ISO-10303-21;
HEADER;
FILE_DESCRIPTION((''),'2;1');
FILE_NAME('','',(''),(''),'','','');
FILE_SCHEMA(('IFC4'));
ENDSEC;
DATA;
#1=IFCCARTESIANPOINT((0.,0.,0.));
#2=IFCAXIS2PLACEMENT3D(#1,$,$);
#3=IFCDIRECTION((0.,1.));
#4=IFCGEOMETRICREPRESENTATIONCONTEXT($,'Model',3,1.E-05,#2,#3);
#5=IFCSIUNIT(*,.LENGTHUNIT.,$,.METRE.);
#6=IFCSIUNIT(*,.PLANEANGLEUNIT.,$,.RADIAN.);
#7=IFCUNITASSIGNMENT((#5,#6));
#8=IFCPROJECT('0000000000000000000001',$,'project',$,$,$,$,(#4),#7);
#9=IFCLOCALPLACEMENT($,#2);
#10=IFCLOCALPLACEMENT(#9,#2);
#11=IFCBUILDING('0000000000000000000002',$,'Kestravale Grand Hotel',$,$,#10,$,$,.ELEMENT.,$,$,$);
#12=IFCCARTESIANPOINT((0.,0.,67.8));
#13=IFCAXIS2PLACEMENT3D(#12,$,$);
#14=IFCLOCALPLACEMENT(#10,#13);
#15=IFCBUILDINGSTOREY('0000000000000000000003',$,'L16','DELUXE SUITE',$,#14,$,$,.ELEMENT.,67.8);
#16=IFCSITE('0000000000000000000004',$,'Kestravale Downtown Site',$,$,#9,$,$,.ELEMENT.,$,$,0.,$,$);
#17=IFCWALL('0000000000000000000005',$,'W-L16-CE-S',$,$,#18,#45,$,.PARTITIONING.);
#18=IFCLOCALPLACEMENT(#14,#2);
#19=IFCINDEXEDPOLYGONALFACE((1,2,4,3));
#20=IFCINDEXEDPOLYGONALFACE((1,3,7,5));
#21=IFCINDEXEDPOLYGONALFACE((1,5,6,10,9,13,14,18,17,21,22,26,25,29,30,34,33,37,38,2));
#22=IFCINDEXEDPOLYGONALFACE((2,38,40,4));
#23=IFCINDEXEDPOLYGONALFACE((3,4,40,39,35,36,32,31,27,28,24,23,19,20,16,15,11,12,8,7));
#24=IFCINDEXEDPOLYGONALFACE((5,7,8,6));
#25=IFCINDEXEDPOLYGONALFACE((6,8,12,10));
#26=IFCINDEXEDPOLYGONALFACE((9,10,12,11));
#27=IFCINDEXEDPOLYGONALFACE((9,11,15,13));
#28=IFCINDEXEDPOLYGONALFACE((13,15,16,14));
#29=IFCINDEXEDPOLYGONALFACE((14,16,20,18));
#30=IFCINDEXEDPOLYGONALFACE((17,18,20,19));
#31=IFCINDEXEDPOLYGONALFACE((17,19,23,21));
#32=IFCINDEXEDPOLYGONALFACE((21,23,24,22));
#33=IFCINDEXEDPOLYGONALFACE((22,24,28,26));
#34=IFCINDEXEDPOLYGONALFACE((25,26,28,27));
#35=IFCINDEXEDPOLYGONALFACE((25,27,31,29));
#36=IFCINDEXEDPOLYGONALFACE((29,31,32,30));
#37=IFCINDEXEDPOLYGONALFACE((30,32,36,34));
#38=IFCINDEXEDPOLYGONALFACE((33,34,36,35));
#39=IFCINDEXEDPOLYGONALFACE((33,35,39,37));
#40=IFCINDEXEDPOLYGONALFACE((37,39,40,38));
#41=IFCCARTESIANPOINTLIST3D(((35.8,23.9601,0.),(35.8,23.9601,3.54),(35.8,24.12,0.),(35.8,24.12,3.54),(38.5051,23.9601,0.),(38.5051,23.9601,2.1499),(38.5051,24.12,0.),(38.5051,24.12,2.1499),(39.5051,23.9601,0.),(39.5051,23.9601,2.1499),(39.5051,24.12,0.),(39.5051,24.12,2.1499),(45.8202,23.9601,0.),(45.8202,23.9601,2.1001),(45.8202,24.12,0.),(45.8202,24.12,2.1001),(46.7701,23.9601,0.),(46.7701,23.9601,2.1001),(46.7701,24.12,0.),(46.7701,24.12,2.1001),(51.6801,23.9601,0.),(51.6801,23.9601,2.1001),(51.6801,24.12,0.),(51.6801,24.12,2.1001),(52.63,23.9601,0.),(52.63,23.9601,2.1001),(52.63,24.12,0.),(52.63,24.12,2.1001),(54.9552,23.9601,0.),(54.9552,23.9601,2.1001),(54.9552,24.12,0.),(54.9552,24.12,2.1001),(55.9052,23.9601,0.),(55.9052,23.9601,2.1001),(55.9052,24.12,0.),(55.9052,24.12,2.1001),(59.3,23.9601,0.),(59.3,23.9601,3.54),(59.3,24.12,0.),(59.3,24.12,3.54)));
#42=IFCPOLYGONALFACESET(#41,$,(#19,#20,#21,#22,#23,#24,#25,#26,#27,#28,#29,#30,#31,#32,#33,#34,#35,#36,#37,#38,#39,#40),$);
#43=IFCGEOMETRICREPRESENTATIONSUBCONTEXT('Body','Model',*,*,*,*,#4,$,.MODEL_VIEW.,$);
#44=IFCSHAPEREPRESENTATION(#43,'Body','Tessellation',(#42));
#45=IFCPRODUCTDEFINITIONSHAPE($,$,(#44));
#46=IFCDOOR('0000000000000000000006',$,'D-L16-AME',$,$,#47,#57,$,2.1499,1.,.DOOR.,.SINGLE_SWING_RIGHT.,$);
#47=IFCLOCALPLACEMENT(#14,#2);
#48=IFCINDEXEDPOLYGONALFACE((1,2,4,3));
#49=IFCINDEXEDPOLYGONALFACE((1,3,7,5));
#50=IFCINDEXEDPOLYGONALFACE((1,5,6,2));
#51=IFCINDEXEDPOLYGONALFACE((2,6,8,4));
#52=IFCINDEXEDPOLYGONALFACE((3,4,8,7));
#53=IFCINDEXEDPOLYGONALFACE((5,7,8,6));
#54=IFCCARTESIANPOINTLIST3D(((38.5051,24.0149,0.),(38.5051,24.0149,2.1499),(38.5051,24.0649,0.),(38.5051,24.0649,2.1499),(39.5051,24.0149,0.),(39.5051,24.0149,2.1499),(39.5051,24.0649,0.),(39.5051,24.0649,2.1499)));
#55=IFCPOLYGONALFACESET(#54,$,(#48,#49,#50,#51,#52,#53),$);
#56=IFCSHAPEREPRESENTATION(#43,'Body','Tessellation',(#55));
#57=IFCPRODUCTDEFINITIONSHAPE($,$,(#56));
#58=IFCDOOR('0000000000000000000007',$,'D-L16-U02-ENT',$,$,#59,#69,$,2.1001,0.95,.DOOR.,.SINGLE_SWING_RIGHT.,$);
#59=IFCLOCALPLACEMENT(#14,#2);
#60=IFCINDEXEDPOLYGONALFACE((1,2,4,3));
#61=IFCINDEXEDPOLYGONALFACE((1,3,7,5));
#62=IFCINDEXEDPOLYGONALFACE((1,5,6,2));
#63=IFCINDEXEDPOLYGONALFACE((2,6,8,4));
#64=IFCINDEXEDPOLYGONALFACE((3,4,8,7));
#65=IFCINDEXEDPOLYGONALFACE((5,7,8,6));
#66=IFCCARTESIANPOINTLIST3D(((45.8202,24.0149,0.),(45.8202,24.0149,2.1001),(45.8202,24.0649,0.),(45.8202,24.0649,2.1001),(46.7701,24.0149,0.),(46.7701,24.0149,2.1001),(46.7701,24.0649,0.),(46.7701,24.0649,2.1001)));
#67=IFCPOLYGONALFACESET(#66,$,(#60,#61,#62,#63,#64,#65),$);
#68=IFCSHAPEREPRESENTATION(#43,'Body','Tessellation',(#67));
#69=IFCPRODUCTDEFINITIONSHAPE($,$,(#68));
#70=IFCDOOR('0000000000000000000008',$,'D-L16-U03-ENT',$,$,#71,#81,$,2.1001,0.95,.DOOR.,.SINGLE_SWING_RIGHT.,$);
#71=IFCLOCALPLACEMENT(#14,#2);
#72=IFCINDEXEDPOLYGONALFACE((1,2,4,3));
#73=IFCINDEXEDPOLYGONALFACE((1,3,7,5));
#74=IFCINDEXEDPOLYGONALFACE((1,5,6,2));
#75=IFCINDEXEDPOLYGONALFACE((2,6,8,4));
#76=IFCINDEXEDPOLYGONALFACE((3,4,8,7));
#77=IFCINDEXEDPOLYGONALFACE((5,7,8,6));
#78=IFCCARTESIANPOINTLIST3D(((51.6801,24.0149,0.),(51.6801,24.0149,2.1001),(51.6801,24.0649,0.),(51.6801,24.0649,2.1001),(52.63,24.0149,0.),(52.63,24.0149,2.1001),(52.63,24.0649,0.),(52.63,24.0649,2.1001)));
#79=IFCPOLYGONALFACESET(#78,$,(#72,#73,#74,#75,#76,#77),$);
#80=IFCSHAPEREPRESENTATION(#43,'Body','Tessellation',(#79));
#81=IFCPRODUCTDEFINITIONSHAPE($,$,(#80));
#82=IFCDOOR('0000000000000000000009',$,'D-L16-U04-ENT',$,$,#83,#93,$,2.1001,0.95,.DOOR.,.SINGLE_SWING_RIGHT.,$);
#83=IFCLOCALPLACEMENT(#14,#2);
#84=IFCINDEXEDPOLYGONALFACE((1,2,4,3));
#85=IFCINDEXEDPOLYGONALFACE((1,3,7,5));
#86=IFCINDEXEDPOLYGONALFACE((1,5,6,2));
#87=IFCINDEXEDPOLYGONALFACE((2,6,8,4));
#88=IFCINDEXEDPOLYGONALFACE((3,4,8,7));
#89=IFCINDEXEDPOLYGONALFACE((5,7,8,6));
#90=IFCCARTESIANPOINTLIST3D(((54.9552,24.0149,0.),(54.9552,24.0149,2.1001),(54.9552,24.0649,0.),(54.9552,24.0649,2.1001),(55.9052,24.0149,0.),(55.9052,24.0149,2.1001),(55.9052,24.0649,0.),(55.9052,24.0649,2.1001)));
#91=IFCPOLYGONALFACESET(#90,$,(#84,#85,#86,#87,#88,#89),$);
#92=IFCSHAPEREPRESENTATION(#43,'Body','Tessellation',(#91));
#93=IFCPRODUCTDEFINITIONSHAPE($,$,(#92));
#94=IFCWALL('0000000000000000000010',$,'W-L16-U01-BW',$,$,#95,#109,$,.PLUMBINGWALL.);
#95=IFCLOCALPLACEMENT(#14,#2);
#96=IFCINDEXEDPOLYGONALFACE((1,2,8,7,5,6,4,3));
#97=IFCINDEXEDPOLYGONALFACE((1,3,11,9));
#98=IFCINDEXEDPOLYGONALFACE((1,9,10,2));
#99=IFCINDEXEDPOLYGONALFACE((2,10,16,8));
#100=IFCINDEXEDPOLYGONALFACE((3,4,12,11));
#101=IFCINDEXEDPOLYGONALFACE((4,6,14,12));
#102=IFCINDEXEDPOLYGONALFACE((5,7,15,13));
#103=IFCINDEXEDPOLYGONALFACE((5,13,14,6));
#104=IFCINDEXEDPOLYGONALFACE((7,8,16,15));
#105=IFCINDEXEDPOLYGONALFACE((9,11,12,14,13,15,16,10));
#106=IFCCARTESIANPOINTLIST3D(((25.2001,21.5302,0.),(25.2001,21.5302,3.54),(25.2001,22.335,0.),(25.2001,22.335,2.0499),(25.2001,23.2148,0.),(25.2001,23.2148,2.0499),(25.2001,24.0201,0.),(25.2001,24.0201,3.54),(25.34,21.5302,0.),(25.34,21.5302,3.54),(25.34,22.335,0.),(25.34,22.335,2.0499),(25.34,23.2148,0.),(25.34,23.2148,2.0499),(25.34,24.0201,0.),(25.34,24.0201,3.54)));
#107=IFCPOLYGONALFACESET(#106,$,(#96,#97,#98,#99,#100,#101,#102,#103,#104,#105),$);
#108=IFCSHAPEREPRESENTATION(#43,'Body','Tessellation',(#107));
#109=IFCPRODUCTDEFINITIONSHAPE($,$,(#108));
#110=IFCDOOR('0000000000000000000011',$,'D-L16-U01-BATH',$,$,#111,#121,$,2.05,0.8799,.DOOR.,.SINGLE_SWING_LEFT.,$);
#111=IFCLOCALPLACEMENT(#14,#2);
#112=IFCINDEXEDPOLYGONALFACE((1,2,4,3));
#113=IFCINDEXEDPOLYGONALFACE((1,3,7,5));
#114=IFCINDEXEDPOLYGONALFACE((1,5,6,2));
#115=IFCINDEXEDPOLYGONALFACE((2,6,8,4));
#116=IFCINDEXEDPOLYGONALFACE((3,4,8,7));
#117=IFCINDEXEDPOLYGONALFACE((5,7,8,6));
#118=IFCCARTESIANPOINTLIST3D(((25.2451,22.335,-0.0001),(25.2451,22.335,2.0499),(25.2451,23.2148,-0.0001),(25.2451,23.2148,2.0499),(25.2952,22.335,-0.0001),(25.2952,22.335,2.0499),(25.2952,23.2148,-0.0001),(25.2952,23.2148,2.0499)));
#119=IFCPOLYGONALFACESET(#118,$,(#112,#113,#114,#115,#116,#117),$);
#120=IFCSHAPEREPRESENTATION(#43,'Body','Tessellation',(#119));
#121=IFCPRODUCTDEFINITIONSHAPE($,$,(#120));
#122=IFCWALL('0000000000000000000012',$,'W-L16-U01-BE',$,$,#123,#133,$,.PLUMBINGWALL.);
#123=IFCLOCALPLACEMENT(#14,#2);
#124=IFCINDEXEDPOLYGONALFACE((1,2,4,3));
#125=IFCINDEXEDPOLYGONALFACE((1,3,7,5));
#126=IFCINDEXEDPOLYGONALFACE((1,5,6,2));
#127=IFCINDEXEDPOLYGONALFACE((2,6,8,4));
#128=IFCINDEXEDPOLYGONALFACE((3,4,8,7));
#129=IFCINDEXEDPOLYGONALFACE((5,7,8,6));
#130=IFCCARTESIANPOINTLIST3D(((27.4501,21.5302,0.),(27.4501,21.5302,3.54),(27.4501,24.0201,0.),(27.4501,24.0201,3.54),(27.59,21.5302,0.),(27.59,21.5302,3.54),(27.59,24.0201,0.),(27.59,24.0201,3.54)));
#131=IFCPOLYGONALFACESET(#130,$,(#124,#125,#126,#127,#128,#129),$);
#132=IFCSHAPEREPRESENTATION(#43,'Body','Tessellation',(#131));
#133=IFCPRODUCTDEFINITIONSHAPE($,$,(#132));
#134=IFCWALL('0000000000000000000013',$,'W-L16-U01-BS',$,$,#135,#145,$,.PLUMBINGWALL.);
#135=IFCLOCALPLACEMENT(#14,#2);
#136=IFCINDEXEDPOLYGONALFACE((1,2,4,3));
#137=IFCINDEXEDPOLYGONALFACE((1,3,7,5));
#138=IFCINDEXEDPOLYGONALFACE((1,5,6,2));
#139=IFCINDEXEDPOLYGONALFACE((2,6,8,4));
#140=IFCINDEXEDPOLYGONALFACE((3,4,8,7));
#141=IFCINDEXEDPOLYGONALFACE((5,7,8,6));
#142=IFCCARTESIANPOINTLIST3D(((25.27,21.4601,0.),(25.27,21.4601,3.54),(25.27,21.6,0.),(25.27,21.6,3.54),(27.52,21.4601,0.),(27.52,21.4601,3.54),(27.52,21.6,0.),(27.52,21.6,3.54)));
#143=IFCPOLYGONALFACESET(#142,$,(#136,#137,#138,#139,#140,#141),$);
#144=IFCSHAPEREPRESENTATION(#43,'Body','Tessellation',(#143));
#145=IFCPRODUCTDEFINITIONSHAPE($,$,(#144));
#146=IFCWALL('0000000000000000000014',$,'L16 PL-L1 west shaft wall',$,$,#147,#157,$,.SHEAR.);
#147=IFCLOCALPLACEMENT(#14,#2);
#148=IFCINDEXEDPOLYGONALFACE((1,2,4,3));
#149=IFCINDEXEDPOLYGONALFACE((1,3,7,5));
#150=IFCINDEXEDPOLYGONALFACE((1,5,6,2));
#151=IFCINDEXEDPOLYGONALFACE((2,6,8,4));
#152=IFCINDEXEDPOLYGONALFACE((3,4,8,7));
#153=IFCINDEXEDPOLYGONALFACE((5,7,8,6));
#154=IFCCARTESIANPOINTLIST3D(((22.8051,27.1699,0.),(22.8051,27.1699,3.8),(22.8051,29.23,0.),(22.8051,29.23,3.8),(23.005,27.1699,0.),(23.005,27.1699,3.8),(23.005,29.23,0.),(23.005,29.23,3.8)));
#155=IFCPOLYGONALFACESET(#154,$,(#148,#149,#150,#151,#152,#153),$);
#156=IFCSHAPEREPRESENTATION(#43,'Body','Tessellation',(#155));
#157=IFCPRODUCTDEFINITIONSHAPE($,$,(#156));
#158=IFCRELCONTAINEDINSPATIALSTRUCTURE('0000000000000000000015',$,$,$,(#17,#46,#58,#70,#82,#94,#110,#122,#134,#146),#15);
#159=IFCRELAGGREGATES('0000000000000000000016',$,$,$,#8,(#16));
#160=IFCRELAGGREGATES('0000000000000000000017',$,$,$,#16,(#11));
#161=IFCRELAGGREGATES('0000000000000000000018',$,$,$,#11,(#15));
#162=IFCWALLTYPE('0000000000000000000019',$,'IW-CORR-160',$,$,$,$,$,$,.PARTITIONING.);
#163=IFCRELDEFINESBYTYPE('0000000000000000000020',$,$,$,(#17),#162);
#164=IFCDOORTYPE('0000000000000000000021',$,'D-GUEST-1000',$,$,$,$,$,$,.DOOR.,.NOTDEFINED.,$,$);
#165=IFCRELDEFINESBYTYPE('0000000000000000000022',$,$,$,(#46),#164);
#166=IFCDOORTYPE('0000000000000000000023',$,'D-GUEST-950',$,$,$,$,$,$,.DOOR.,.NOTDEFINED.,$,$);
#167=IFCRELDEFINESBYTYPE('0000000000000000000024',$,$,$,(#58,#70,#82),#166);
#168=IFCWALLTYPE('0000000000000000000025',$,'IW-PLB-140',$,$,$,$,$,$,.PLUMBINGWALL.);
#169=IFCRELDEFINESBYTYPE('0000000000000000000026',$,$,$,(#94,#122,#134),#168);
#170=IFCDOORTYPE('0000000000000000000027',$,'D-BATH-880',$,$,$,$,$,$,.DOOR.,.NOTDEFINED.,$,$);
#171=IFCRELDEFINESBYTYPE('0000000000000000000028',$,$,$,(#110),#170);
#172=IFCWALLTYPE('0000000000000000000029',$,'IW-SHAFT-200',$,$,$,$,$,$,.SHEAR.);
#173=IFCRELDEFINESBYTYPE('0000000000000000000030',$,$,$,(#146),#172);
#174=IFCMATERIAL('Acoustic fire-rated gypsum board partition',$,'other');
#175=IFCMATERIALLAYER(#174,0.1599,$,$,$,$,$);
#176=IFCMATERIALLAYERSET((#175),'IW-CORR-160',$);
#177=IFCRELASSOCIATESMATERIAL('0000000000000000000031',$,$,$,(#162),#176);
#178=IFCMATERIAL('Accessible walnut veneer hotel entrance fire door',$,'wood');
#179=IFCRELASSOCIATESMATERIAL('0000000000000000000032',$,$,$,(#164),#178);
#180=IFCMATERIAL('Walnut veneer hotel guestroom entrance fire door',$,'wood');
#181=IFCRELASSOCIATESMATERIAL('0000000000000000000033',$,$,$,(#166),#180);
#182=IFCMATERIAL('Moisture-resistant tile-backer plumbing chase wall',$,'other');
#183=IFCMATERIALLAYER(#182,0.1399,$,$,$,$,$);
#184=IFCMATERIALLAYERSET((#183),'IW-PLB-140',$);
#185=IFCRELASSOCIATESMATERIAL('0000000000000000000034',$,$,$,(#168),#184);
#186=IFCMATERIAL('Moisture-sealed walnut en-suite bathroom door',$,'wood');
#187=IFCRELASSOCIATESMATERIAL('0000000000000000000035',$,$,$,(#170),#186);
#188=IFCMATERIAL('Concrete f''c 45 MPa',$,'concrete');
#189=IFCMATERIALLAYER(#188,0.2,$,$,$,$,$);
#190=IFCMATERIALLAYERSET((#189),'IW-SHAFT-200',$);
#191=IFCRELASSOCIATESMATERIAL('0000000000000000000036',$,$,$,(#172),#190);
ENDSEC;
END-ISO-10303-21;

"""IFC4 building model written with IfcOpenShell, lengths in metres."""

from ifc_helpers import new_model, si_unit, direction, frame, frame_2d, origin, place, context, subcontext, project, spatial, rectangle, extrude, material, layer, layer_set, type_object, element, fill, save


model = new_model("IFC4")

# Units and contexts
model_context = context("Model", 3, precision=1e-05, world=origin(), true_north=direction((0.0, 1.0)))
body_context = subcontext(model_context, "Body", "Model", "MODEL_VIEW")
ifc_project = project(units=[si_unit("LENGTHUNIT", "METRE"), si_unit("PLANEANGLEUNIT", "RADIAN")], contexts=[model_context])

# Site, building, storey
site_placement = place(None, origin())
site = spatial("IfcSite", under=ifc_project, at=site_placement, Name="Kestravale Downtown Site", CompositionType="ELEMENT", RefElevation=0.0)
building_placement = place(site_placement, origin())
building = spatial("IfcBuilding", under=site, at=building_placement, Name="Kestravale Grand Hotel", CompositionType="ELEMENT")
storey_placement = place(building_placement, frame((0.0, 0.0, 67.8)))
storey = spatial("IfcBuildingStorey", under=building, at=storey_placement, Name="L16", Description="DELUXE SUITE", CompositionType="ELEMENT", Elevation=67.8)

# Shared definitions
ifc_material_1 = material(Name="Acoustic fire-rated gypsum board partition", Category="other")
ifc_layer_1 = layer(ifc_material_1, 0.1599)
ifc_layer_set_1 = layer_set([ifc_layer_1], Name="IW-CORR-160")
wall_type_1 = type_object("IfcWallType", Name="IW-CORR-160", PredefinedType="PARTITIONING", material=ifc_layer_set_1)

# Wall, openings, doors
wall_1_placement = place(storey_placement, frame((35.8, 24.04, 0.0), z_axis=(0.0, 0.0, 1.0), x_axis=(1.0, 0.0, 0.0)))
wall_1 = element("IfcWall", 1, at=wall_1_placement, inside=storey, type_object=wall_type_1, Name="W-L16-CE-S", PredefinedType="PARTITIONING", context=body_context, shape_type="SweptSolid", body=[
    extrude(rectangle(XDim=23.5, YDim=0.1599, at=frame_2d((11.75, 0.0))), origin(), (0.0, 0.0, 1.0), 3.54),
])
opening_1_placement = place(wall_1_placement, frame((2.7051, 0.0, 0.0)))
opening_1 = element("IfcOpeningElement", 2, at=opening_1_placement, cuts=wall_1, PredefinedType="OPENING", context=body_context, shape_type="SweptSolid", body=[
    extrude(rectangle(XDim=1.0, YDim=2.1499, at=frame_2d((0.5, 1.075))), frame((0.0, 0.0898, 0.0), z_axis=(0.0, -1.0, 0.0), x_axis=(1.0, 0.0, 0.0)), (0.0, 0.0, 1.0), 0.1799),
])
opening_2_placement = place(wall_1_placement, frame((10.02, 0.0, 0.0)))
opening_2 = element("IfcOpeningElement", 3, at=opening_2_placement, cuts=wall_1, PredefinedType="OPENING", context=body_context, shape_type="SweptSolid", body=[
    extrude(rectangle(XDim=0.95, YDim=2.1001, at=frame_2d((0.4751, 1.05))), frame((0.0, 0.0898, 0.0), z_axis=(0.0, -1.0, 0.0), x_axis=(1.0, 0.0, 0.0)), (0.0, 0.0, 1.0), 0.1799),
])
opening_3_placement = place(wall_1_placement, frame((15.8799, 0.0, 0.0)))
opening_3 = element("IfcOpeningElement", 4, at=opening_3_placement, cuts=wall_1, PredefinedType="OPENING", context=body_context, shape_type="SweptSolid", body=[
    extrude(rectangle(XDim=0.95, YDim=2.1001, at=frame_2d((0.4751, 1.05))), frame((0.0, 0.0898, 0.0), z_axis=(0.0, -1.0, 0.0), x_axis=(1.0, 0.0, 0.0)), (0.0, 0.0, 1.0), 0.1799),
])
opening_4_placement = place(wall_1_placement, frame((19.155, 0.0, 0.0)))
opening_4 = element("IfcOpeningElement", 5, at=opening_4_placement, cuts=wall_1, PredefinedType="OPENING", context=body_context, shape_type="SweptSolid", body=[
    extrude(rectangle(XDim=0.95, YDim=2.1001, at=frame_2d((0.4751, 1.05))), frame((0.0, 0.0898, 0.0), z_axis=(0.0, -1.0, 0.0), x_axis=(1.0, 0.0, 0.0)), (0.0, 0.0, 1.0), 0.1799),
])
ifc_material_2 = material(Name="Accessible walnut veneer hotel entrance fire door", Category="wood")
door_type_1 = type_object("IfcDoorType", Name="D-GUEST-1000", OperationType="NOTDEFINED", PredefinedType="DOOR", material=ifc_material_2)
door_1_placement = place(opening_1_placement, origin())
door_1 = element("IfcDoor", 6, at=door_1_placement, inside=storey, type_object=door_type_1, Name="D-L16-AME", OperationType="SINGLE_SWING_RIGHT", OverallHeight=2.1499, OverallWidth=1.0, PredefinedType="DOOR", context=body_context, shape_type="SweptSolid", body=[
    extrude(rectangle(XDim=1.0, YDim=2.1499, at=frame_2d((0.5, 1.075))), frame((0.0, 0.0249, 0.0), z_axis=(0.0, -1.0, 0.0), x_axis=(1.0, 0.0, 0.0)), (0.0, 0.0, 1.0), 0.05),
])
fill(opening_1, door_1)
ifc_material_3 = material(Name="Walnut veneer hotel guestroom entrance fire door", Category="wood")
door_type_2 = type_object("IfcDoorType", Name="D-GUEST-950", OperationType="NOTDEFINED", PredefinedType="DOOR", material=ifc_material_3)
door_2_placement = place(opening_2_placement, origin())
door_2 = element("IfcDoor", 7, at=door_2_placement, inside=storey, type_object=door_type_2, Name="D-L16-U02-ENT", OperationType="SINGLE_SWING_RIGHT", OverallHeight=2.1001, OverallWidth=0.95, PredefinedType="DOOR", context=body_context, shape_type="SweptSolid", body=[
    extrude(rectangle(XDim=0.95, YDim=2.1001, at=frame_2d((0.4751, 1.05))), frame((0.0, 0.0249, 0.0), z_axis=(0.0, -1.0, 0.0), x_axis=(1.0, 0.0, 0.0)), (0.0, 0.0, 1.0), 0.05),
])
fill(opening_2, door_2)
door_3_placement = place(opening_3_placement, origin())
door_3 = element("IfcDoor", 8, at=door_3_placement, inside=storey, type_object=door_type_2, Name="D-L16-U03-ENT", OperationType="SINGLE_SWING_RIGHT", OverallHeight=2.1001, OverallWidth=0.95, PredefinedType="DOOR", context=body_context, shape_type="SweptSolid", body=[
    extrude(rectangle(XDim=0.95, YDim=2.1001, at=frame_2d((0.4751, 1.05))), frame((0.0, 0.0249, 0.0), z_axis=(0.0, -1.0, 0.0), x_axis=(1.0, 0.0, 0.0)), (0.0, 0.0, 1.0), 0.05),
])
fill(opening_3, door_3)
door_4_placement = place(opening_4_placement, origin())
door_4 = element("IfcDoor", 9, at=door_4_placement, inside=storey, type_object=door_type_2, Name="D-L16-U04-ENT", OperationType="SINGLE_SWING_RIGHT", OverallHeight=2.1001, OverallWidth=0.95, PredefinedType="DOOR", context=body_context, shape_type="SweptSolid", body=[
    extrude(rectangle(XDim=0.95, YDim=2.1001, at=frame_2d((0.4751, 1.05))), frame((0.0, 0.0249, 0.0), z_axis=(0.0, -1.0, 0.0), x_axis=(1.0, 0.0, 0.0)), (0.0, 0.0, 1.0), 0.05),
])
fill(opening_4, door_4)

# Wall, opening, door
ifc_material_4 = material(Name="Moisture-resistant tile-backer plumbing chase wall", Category="other")
ifc_layer_2 = layer(ifc_material_4, 0.1399)
ifc_layer_set_2 = layer_set([ifc_layer_2], Name="IW-PLB-140")
wall_type_2 = type_object("IfcWallType", Name="IW-PLB-140", PredefinedType="PLUMBINGWALL", material=ifc_layer_set_2)
wall_2_placement = place(storey_placement, frame((25.27, 21.53, 0.0), z_axis=(0.0, 0.0, 1.0), x_axis=(0.0, 1.0, 0.0)))
wall_2 = element("IfcWall", 10, at=wall_2_placement, inside=storey, type_object=wall_type_2, Name="W-L16-U01-BW", PredefinedType="PLUMBINGWALL", context=body_context, shape_type="SweptSolid", body=[
    extrude(rectangle(XDim=2.49, YDim=0.1399, at=frame_2d((1.2451, 0.0))), origin(), (0.0, 0.0, 1.0), 3.54),
])
opening_5_placement = place(wall_2_placement, frame((0.8049, 0.0, 0.0)))
opening_5 = element("IfcOpeningElement", 11, at=opening_5_placement, cuts=wall_2, PredefinedType="OPENING", context=body_context, shape_type="SweptSolid", body=[
    extrude(rectangle(XDim=0.8799, YDim=2.05, at=frame_2d((0.4399, 1.0249))), frame((0.0, 0.0798, 0.0), z_axis=(0.0, -1.0, 0.0), x_axis=(1.0, 0.0, 0.0)), (0.0, 0.0, 1.0), 0.1599),
])
ifc_material_5 = material(Name="Moisture-sealed walnut en-suite bathroom door", Category="wood")
door_type_3 = type_object("IfcDoorType", Name="D-BATH-880", OperationType="NOTDEFINED", PredefinedType="DOOR", material=ifc_material_5)
door_5_placement = place(opening_5_placement, origin())
door_5 = element("IfcDoor", 12, at=door_5_placement, inside=storey, type_object=door_type_3, Name="D-L16-U01-BATH", OperationType="SINGLE_SWING_LEFT", OverallHeight=2.05, OverallWidth=0.8799, PredefinedType="DOOR", context=body_context, shape_type="SweptSolid", body=[
    extrude(rectangle(XDim=0.8799, YDim=2.05, at=frame_2d((0.4399, 1.0249))), frame((0.0, 0.0249, 0.0), z_axis=(0.0, -1.0, 0.0), x_axis=(1.0, 0.0, 0.0)), (0.0, 0.0, 1.0), 0.05),
])
fill(opening_5, door_5)

# Walls
wall_3_placement = place(storey_placement, frame((27.52, 21.53, 0.0), z_axis=(0.0, 0.0, 1.0), x_axis=(0.0, 1.0, 0.0)))
element("IfcWall", 13, at=wall_3_placement, inside=storey, type_object=wall_type_2, Name="W-L16-U01-BE", PredefinedType="PLUMBINGWALL", context=body_context, shape_type="SweptSolid", body=[
    extrude(rectangle(XDim=2.49, YDim=0.1399, at=frame_2d((1.2451, 0.0))), origin(), (0.0, 0.0, 1.0), 3.54),
])
wall_4_placement = place(storey_placement, frame((25.27, 21.53, 0.0), z_axis=(0.0, 0.0, 1.0), x_axis=(1.0, 0.0, 0.0)))
element("IfcWall", 14, at=wall_4_placement, inside=storey, type_object=wall_type_2, Name="W-L16-U01-BS", PredefinedType="PLUMBINGWALL", context=body_context, shape_type="SweptSolid", body=[
    extrude(rectangle(XDim=2.25, YDim=0.1399, at=frame_2d((1.125, 0.0))), origin(), (0.0, 0.0, 1.0), 3.54),
])
ifc_material_6 = material(Name="Concrete f'c 45 MPa", Category="concrete")
ifc_layer_3 = layer(ifc_material_6, 0.2)
ifc_layer_set_3 = layer_set([ifc_layer_3], Name="IW-SHAFT-200")
wall_type_3 = type_object("IfcWallType", Name="IW-SHAFT-200", PredefinedType="SHEAR", material=ifc_layer_set_3)
wall_5_placement = place(storey_placement, frame((22.905, 27.1699, 0.0), z_axis=(0.0, 0.0, 1.0), x_axis=(0.0, 1.0, 0.0)))
element("IfcWall", 15, at=wall_5_placement, inside=storey, type_object=wall_type_3, Name="L16 PL-L1 west shaft wall", PredefinedType="SHEAR", context=body_context, shape_type="SweptSolid", body=[
    extrude(rectangle(XDim=2.0601, YDim=0.2, at=frame_2d((1.03, 0.0))), origin(), (0.0, 0.0, 1.0), 3.8),
])

save(model, "model.ifc")
